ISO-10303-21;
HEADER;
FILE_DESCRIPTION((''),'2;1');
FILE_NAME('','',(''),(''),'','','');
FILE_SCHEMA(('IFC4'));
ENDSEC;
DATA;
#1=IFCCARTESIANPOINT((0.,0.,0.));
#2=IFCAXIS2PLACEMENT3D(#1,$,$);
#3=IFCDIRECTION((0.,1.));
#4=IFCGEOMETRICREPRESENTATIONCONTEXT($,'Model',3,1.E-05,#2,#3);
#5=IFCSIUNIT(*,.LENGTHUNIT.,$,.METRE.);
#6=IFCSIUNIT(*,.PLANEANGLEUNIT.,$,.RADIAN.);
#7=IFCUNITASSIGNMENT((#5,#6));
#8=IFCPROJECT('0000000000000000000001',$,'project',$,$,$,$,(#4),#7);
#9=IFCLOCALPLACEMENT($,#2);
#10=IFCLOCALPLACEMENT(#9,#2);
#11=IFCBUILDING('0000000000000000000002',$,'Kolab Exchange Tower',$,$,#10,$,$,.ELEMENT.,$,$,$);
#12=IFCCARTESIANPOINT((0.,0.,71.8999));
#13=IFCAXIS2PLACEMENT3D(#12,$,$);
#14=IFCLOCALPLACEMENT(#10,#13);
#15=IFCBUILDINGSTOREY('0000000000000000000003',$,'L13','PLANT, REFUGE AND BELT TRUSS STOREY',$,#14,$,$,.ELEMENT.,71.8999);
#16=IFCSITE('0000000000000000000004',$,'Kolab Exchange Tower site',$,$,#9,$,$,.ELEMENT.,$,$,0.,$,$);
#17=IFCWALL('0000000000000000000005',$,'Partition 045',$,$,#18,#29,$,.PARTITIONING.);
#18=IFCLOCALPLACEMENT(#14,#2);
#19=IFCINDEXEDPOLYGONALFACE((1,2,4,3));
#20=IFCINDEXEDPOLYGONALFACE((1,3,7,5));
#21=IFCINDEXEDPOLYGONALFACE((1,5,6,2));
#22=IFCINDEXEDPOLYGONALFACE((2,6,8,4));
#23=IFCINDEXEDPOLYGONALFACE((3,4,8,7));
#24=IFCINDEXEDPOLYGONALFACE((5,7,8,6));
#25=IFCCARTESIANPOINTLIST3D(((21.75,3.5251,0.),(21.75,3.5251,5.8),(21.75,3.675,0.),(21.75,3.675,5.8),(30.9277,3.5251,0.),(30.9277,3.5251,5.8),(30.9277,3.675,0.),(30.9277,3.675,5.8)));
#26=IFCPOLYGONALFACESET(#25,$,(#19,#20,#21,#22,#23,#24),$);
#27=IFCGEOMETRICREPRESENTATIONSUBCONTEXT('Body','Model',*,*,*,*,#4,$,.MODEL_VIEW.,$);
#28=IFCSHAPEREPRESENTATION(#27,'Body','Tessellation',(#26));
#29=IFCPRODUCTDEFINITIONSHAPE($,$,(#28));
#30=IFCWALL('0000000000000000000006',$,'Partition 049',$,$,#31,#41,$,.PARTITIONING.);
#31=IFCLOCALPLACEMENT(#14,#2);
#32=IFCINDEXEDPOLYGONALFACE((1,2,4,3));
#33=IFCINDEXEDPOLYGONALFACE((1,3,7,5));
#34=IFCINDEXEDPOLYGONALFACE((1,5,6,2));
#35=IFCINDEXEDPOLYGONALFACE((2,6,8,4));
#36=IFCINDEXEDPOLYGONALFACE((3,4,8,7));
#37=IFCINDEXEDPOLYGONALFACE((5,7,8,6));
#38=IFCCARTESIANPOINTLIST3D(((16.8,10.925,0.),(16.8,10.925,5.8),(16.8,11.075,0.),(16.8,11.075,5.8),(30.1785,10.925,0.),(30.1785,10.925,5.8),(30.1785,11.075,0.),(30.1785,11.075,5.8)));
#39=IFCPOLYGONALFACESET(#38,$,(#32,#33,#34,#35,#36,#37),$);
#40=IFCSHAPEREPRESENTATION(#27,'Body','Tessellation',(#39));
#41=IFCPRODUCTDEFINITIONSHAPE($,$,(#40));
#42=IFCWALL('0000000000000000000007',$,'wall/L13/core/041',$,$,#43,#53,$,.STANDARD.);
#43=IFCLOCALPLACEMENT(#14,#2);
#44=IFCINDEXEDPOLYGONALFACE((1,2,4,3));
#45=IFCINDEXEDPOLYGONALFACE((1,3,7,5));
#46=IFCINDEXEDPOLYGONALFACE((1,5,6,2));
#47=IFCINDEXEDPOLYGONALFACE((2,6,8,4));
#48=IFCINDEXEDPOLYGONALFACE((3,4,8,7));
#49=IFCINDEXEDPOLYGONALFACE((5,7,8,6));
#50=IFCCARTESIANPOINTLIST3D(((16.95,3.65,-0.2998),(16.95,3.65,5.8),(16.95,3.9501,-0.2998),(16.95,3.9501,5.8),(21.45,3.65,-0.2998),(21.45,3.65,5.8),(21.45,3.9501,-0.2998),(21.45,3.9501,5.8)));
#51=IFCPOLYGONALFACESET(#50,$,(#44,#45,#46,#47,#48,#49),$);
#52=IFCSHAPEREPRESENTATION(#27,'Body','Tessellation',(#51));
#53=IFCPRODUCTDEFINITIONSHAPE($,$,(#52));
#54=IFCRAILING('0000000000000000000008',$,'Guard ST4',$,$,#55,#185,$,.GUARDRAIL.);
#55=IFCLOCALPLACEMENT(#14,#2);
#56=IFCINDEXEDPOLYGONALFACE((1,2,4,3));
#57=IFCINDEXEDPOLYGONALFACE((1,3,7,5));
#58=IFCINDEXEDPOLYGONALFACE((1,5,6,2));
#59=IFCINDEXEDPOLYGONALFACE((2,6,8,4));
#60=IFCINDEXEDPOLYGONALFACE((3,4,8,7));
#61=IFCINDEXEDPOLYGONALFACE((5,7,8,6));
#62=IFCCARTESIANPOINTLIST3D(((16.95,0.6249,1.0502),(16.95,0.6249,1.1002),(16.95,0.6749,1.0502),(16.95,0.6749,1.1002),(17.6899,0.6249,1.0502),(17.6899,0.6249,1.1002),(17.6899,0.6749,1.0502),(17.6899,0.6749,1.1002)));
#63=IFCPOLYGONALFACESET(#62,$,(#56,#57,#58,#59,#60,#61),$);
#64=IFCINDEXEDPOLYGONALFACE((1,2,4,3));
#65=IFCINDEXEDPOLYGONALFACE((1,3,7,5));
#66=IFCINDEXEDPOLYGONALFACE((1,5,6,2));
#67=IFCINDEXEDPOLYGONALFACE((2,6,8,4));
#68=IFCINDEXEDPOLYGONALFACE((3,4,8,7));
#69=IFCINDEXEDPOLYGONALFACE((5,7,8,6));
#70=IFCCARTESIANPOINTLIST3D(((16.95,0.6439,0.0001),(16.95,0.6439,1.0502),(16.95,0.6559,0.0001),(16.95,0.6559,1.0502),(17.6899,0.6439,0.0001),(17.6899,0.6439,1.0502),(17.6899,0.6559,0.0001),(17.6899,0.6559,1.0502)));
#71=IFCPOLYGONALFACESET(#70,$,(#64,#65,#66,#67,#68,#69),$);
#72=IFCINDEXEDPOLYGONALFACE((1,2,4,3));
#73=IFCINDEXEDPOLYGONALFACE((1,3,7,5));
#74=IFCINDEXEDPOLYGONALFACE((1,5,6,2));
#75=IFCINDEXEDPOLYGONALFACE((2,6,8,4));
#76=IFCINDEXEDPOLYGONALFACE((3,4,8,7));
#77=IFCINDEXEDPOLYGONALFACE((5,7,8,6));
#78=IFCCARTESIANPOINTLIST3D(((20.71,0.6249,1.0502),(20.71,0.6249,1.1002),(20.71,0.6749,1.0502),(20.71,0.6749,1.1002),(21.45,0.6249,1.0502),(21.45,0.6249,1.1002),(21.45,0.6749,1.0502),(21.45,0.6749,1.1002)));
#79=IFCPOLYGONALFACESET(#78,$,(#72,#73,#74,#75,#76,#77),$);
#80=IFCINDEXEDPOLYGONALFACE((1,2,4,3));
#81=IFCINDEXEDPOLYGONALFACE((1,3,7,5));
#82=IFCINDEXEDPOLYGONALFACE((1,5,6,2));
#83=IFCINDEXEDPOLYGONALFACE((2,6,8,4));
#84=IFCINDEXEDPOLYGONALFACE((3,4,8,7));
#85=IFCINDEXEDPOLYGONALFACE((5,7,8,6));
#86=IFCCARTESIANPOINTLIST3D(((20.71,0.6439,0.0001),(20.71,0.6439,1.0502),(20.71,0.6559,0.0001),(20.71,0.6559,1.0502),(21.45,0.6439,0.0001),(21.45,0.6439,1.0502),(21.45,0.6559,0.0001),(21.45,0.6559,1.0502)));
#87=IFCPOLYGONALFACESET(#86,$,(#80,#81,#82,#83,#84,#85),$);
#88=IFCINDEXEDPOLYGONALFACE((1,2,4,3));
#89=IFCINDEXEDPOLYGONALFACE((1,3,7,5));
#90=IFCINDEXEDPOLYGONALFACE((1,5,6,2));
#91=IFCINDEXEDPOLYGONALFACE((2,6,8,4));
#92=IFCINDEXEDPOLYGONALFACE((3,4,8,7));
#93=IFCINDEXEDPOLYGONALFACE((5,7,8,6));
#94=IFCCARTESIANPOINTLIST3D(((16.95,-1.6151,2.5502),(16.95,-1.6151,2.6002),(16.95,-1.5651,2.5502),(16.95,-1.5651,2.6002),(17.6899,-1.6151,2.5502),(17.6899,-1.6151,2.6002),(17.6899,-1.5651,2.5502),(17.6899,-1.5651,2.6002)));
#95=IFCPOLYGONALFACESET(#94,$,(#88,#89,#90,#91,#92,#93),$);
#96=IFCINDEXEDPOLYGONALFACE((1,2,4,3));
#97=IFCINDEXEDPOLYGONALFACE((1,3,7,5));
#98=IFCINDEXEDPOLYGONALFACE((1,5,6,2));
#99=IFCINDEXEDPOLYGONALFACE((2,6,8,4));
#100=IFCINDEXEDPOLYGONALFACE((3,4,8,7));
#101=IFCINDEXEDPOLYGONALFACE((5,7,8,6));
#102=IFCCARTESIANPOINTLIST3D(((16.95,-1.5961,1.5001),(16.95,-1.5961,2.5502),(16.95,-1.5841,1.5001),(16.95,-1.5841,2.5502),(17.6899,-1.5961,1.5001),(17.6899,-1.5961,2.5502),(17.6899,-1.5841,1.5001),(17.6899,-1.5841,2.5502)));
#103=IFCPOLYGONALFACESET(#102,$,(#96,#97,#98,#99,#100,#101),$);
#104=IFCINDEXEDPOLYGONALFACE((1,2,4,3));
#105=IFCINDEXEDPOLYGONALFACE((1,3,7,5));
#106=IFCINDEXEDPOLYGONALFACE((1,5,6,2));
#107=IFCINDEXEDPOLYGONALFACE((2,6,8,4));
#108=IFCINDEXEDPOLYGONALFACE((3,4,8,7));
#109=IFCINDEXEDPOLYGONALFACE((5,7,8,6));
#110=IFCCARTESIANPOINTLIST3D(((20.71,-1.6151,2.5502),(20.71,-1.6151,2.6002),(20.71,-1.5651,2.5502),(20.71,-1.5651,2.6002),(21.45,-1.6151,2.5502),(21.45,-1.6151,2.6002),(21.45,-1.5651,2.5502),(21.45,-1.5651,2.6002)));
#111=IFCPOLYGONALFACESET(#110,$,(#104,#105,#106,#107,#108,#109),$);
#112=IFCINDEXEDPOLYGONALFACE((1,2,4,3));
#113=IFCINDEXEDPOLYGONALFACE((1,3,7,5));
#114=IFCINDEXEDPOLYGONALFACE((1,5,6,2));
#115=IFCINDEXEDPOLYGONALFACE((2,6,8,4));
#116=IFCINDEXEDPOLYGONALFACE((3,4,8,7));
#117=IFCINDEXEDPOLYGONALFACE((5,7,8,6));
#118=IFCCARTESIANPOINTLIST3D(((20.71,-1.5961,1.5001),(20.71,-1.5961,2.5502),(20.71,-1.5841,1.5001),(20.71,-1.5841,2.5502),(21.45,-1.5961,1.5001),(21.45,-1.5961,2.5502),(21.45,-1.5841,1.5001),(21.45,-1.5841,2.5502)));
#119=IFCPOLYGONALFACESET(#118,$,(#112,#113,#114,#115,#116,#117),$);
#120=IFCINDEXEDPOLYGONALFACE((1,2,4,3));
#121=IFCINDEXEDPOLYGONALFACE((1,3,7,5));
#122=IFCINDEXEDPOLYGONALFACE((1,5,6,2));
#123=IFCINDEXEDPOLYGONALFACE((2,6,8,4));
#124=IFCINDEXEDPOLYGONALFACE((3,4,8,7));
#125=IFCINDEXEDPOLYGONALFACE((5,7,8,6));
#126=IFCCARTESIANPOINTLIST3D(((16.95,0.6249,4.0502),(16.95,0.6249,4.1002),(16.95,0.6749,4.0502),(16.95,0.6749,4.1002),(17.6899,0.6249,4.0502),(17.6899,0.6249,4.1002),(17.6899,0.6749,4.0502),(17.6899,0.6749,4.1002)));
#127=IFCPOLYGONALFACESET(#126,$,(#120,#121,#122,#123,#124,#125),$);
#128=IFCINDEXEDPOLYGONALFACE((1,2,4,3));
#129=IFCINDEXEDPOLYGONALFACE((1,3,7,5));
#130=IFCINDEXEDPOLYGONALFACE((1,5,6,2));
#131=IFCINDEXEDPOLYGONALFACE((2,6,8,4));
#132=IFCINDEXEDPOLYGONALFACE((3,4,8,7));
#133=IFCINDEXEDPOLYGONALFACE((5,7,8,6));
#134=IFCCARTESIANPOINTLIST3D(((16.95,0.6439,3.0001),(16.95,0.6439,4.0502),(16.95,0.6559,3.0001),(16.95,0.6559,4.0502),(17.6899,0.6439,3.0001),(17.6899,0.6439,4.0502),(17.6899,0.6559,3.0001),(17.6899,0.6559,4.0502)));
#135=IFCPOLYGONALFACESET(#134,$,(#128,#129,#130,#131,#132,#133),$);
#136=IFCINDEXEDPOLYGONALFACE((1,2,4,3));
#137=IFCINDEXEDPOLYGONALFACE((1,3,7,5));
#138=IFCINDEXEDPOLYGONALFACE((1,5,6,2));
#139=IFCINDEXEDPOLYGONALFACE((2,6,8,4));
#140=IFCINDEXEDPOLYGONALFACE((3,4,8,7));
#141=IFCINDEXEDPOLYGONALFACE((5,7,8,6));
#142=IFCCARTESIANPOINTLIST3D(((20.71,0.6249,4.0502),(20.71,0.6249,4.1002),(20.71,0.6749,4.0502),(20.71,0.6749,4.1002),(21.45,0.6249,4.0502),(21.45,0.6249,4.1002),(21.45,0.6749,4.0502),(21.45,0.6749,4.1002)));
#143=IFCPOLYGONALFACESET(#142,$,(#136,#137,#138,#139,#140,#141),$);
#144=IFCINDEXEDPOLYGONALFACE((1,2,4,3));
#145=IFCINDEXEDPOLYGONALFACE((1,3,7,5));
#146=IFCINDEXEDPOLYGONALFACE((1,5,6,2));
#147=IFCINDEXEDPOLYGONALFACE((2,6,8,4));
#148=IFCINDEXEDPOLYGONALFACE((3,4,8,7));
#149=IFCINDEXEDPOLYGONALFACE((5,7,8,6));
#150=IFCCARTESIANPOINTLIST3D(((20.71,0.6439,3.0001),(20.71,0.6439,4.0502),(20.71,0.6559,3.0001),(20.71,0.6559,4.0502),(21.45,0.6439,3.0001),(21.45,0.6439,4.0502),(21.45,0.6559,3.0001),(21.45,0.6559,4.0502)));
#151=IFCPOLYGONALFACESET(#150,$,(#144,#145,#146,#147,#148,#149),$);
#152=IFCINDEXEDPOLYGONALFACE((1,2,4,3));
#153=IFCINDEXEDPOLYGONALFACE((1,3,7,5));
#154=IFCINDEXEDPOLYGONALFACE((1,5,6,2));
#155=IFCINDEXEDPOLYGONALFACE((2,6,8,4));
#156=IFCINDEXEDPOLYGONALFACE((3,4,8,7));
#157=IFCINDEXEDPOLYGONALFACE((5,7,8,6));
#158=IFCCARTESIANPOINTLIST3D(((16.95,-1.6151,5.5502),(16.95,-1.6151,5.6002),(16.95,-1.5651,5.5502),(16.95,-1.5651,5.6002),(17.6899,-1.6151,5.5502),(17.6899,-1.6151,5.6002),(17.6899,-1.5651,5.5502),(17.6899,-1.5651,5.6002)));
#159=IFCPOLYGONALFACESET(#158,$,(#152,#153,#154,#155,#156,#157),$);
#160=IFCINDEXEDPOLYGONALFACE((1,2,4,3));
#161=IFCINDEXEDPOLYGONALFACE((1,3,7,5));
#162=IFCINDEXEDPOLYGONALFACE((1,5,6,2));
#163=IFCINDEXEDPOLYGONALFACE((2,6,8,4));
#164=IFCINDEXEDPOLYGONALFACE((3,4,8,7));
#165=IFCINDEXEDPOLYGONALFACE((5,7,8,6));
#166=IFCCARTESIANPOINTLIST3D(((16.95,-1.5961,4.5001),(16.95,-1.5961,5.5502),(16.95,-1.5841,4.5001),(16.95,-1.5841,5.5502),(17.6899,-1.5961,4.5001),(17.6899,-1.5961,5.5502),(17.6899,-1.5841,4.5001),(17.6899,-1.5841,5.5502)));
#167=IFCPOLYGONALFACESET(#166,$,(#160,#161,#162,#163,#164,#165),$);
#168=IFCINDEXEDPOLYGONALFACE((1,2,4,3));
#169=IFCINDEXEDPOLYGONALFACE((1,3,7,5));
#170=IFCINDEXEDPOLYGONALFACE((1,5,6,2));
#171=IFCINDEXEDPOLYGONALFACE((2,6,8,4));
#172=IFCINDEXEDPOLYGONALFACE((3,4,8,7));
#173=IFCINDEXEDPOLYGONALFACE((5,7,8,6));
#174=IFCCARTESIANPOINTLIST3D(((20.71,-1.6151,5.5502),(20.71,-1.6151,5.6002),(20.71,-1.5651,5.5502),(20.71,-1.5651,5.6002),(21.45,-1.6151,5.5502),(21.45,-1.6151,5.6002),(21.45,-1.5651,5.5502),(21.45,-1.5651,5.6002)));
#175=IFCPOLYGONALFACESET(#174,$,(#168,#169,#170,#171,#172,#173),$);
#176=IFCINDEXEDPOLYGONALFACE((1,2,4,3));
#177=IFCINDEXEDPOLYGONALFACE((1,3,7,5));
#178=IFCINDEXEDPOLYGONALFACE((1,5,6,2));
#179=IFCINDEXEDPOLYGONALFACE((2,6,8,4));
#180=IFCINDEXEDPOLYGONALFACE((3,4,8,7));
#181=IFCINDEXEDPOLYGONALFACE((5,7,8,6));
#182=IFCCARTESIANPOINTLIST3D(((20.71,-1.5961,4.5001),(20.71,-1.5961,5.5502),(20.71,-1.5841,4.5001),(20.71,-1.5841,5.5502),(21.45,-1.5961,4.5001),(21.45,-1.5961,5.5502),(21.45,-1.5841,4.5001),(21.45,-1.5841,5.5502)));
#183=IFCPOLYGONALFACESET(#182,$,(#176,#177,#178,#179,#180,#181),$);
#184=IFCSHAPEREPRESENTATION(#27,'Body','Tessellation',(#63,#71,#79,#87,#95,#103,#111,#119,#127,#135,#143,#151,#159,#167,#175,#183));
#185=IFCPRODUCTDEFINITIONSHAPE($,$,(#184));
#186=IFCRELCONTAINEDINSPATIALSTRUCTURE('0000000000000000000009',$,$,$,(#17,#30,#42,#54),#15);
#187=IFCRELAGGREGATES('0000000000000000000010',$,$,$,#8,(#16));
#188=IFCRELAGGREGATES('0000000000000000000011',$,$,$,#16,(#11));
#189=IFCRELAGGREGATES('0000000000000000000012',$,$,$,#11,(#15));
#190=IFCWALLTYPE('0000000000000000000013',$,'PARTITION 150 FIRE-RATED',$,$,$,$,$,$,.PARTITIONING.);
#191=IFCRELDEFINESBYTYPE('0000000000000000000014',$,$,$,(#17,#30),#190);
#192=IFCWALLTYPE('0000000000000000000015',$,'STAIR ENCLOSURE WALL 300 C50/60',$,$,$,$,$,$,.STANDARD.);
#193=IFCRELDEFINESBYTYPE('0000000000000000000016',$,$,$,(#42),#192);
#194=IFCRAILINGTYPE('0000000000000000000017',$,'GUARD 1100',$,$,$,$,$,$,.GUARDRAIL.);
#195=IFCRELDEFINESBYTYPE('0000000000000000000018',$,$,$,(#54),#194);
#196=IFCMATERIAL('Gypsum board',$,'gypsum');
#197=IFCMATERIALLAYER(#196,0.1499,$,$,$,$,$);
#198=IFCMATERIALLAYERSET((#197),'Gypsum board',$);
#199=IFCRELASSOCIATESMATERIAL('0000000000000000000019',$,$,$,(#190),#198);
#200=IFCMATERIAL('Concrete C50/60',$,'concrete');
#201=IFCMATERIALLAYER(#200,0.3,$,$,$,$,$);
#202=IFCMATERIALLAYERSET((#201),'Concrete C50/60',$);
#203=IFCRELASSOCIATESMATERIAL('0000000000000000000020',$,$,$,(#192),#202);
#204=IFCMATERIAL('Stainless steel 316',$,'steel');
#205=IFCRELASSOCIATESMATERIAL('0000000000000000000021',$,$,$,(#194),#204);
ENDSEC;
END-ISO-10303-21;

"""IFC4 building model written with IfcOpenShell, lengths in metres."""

from ifc_helpers import new_model, si_unit, direction, frame, frame_2d, origin, origin_2d, place, context, subcontext, project, spatial, rectangle, extrude, material, layer, layer_set, type_object, element, save


model = new_model("IFC4")

# Units and contexts
model_context = context("Model", 3, precision=1e-05, world=origin(), true_north=direction((0.0, 1.0)))
body_context = subcontext(model_context, "Body", "Model", "MODEL_VIEW")
ifc_project = project(units=[si_unit("LENGTHUNIT", "METRE"), si_unit("PLANEANGLEUNIT", "RADIAN")], contexts=[model_context])

# Site, building, storey
site_placement = place(None, origin())
site = spatial("IfcSite", under=ifc_project, at=site_placement, Name="Kolab Exchange Tower site", CompositionType="ELEMENT", RefElevation=0.0)
building_placement = place(site_placement, origin())
building = spatial("IfcBuilding", under=site, at=building_placement, Name="Kolab Exchange Tower", CompositionType="ELEMENT")
storey_placement = place(building_placement, frame((0.0, 0.0, 71.8999)))
storey = spatial("IfcBuildingStorey", under=building, at=storey_placement, Name="L13", Description="PLANT, REFUGE AND BELT TRUSS STOREY", CompositionType="ELEMENT", Elevation=71.8999)

# Shared definitions
ifc_material_1 = material(Name="Gypsum board", Category="gypsum")
ifc_layer_1 = layer(ifc_material_1, 0.1499)
ifc_layer_set_1 = layer_set([ifc_layer_1], Name="Gypsum board")
wall_type_1 = type_object("IfcWallType", Name="PARTITION 150 FIRE-RATED", PredefinedType="PARTITIONING", material=ifc_layer_set_1)

# Walls
wall_1_placement = place(storey_placement, frame((21.75, 3.6001, 0.0), z_axis=(0.0, 0.0, 1.0), x_axis=(1.0, 0.0, 0.0)))
element("IfcWall", 1, at=wall_1_placement, inside=storey, type_object=wall_type_1, Name="Partition 045", PredefinedType="PARTITIONING", context=body_context, shape_type="SweptSolid", body=[
    extrude(rectangle(XDim=9.1777, YDim=0.1499, at=frame_2d((4.5889, 0.0))), origin(), (0.0, 0.0, 1.0), 5.8),
])
wall_2_placement = place(storey_placement, frame((16.8, 11.0, 0.0), z_axis=(0.0, 0.0, 1.0), x_axis=(1.0, 0.0, 0.0)))
element("IfcWall", 2, at=wall_2_placement, inside=storey, type_object=wall_type_1, Name="Partition 049", PredefinedType="PARTITIONING", context=body_context, shape_type="SweptSolid", body=[
    extrude(rectangle(XDim=13.3784, YDim=0.1499, at=frame_2d((6.6892, 0.0))), origin(), (0.0, 0.0, 1.0), 5.8),
])
ifc_material_2 = material(Name="Concrete C50/60", Category="concrete")
ifc_layer_2 = layer(ifc_material_2, 0.3)
ifc_layer_set_2 = layer_set([ifc_layer_2], Name="Concrete C50/60")
wall_type_2 = type_object("IfcWallType", Name="STAIR ENCLOSURE WALL 300 C50/60", PredefinedType="STANDARD", material=ifc_layer_set_2)
wall_3_placement = place(storey_placement, frame((16.95, 3.8, -0.2998), z_axis=(0.0, 0.0, 1.0), x_axis=(1.0, 0.0, 0.0)))
element("IfcWall", 3, at=wall_3_placement, inside=storey, type_object=wall_type_2, Name="wall/L13/core/041", PredefinedType="STANDARD", context=body_context, shape_type="SweptSolid", body=[
    extrude(rectangle(XDim=4.5, YDim=0.3, at=frame_2d((2.25, 0.0))), origin(), (0.0, 0.0, 1.0), 6.0999),
])

# Railing
ifc_material_3 = material(Name="Stainless steel 316", Category="steel")
railing_type = type_object("IfcRailingType", Name="GUARD 1100", PredefinedType="GUARDRAIL", material=ifc_material_3)
railing_1_placement = place(storey_placement, frame((16.95, 0.6499, 0.0)))
element("IfcRailing", 4, at=railing_1_placement, inside=storey, type_object=railing_type, Name="Guard ST4", PredefinedType="GUARDRAIL", context=body_context, shape_type="SweptSolid", body=[
    extrude(rectangle(XDim=0.05, YDim=0.05, at=origin_2d()), frame((0.0, 0.0, 1.0752), z_axis=(1.0, 0.0, 0.0), x_axis=(0.0, 1.0, 0.0)), (0.0, 0.0, 1.0), 0.74),
    extrude(rectangle(XDim=0.012, YDim=1.0501, at=frame_2d((0.0, 0.5251))), frame((0.0, 0.0, 0.0), z_axis=(1.0, 0.0, 0.0), x_axis=(0.0, 1.0, 0.0)), (0.0, 0.0, 1.0), 0.74),
    extrude(rectangle(XDim=0.05, YDim=0.05, at=origin_2d()), frame((3.76, 0.0, 1.0752), z_axis=(1.0, 0.0, 0.0), x_axis=(0.0, 1.0, 0.0)), (0.0, 0.0, 1.0), 0.74),
    extrude(rectangle(XDim=0.012, YDim=1.0501, at=frame_2d((0.0, 0.5251))), frame((3.76, 0.0, 0.0), z_axis=(1.0, 0.0, 0.0), x_axis=(0.0, 1.0, 0.0)), (0.0, 0.0, 1.0), 0.74),
    extrude(rectangle(XDim=0.05, YDim=0.05, at=origin_2d()), frame((0.0, -2.24, 2.5752), z_axis=(1.0, 0.0, 0.0), x_axis=(0.0, 1.0, 0.0)), (0.0, 0.0, 1.0), 0.74),
    extrude(rectangle(XDim=0.012, YDim=1.0501, at=frame_2d((0.0, 0.5251))), frame((0.0, -2.24, 1.5), z_axis=(1.0, 0.0, 0.0), x_axis=(0.0, 1.0, 0.0)), (0.0, 0.0, 1.0), 0.74),
    extrude(rectangle(XDim=0.05, YDim=0.05, at=origin_2d()), frame((3.76, -2.24, 2.5752), z_axis=(1.0, 0.0, 0.0), x_axis=(0.0, 1.0, 0.0)), (0.0, 0.0, 1.0), 0.74),
    extrude(rectangle(XDim=0.012, YDim=1.0501, at=frame_2d((0.0, 0.5251))), frame((3.76, -2.24, 1.5), z_axis=(1.0, 0.0, 0.0), x_axis=(0.0, 1.0, 0.0)), (0.0, 0.0, 1.0), 0.74),
    extrude(rectangle(XDim=0.05, YDim=0.05, at=origin_2d()), frame((0.0, 0.0, 4.0752), z_axis=(1.0, 0.0, 0.0), x_axis=(0.0, 1.0, 0.0)), (0.0, 0.0, 1.0), 0.74),
    extrude(rectangle(XDim=0.012, YDim=1.0501, at=frame_2d((0.0, 0.5251))), frame((0.0, 0.0, 3.0), z_axis=(1.0, 0.0, 0.0), x_axis=(0.0, 1.0, 0.0)), (0.0, 0.0, 1.0), 0.74),
    extrude(rectangle(XDim=0.05, YDim=0.05, at=origin_2d()), frame((3.76, 0.0, 4.0752), z_axis=(1.0, 0.0, 0.0), x_axis=(0.0, 1.0, 0.0)), (0.0, 0.0, 1.0), 0.74),
    extrude(rectangle(XDim=0.012, YDim=1.0501, at=frame_2d((0.0, 0.5251))), frame((3.76, 0.0, 3.0), z_axis=(1.0, 0.0, 0.0), x_axis=(0.0, 1.0, 0.0)), (0.0, 0.0, 1.0), 0.74),
    extrude(rectangle(XDim=0.05, YDim=0.05, at=origin_2d()), frame((0.0, -2.24, 5.5752), z_axis=(1.0, 0.0, 0.0), x_axis=(0.0, 1.0, 0.0)), (0.0, 0.0, 1.0), 0.74),
    extrude(rectangle(XDim=0.012, YDim=1.0501, at=frame_2d((0.0, 0.5251))), frame((0.0, -2.24, 4.5), z_axis=(1.0, 0.0, 0.0), x_axis=(0.0, 1.0, 0.0)), (0.0, 0.0, 1.0), 0.74),
    extrude(rectangle(XDim=0.05, YDim=0.05, at=origin_2d()), frame((3.76, -2.24, 5.5752), z_axis=(1.0, 0.0, 0.0), x_axis=(0.0, 1.0, 0.0)), (0.0, 0.0, 1.0), 0.74),
    extrude(rectangle(XDim=0.012, YDim=1.0501, at=frame_2d((0.0, 0.5251))), frame((3.76, -2.24, 4.5), z_axis=(1.0, 0.0, 0.0), x_axis=(0.0, 1.0, 0.0)), (0.0, 0.0, 1.0), 0.74),
])

save(model, "model.ifc")
